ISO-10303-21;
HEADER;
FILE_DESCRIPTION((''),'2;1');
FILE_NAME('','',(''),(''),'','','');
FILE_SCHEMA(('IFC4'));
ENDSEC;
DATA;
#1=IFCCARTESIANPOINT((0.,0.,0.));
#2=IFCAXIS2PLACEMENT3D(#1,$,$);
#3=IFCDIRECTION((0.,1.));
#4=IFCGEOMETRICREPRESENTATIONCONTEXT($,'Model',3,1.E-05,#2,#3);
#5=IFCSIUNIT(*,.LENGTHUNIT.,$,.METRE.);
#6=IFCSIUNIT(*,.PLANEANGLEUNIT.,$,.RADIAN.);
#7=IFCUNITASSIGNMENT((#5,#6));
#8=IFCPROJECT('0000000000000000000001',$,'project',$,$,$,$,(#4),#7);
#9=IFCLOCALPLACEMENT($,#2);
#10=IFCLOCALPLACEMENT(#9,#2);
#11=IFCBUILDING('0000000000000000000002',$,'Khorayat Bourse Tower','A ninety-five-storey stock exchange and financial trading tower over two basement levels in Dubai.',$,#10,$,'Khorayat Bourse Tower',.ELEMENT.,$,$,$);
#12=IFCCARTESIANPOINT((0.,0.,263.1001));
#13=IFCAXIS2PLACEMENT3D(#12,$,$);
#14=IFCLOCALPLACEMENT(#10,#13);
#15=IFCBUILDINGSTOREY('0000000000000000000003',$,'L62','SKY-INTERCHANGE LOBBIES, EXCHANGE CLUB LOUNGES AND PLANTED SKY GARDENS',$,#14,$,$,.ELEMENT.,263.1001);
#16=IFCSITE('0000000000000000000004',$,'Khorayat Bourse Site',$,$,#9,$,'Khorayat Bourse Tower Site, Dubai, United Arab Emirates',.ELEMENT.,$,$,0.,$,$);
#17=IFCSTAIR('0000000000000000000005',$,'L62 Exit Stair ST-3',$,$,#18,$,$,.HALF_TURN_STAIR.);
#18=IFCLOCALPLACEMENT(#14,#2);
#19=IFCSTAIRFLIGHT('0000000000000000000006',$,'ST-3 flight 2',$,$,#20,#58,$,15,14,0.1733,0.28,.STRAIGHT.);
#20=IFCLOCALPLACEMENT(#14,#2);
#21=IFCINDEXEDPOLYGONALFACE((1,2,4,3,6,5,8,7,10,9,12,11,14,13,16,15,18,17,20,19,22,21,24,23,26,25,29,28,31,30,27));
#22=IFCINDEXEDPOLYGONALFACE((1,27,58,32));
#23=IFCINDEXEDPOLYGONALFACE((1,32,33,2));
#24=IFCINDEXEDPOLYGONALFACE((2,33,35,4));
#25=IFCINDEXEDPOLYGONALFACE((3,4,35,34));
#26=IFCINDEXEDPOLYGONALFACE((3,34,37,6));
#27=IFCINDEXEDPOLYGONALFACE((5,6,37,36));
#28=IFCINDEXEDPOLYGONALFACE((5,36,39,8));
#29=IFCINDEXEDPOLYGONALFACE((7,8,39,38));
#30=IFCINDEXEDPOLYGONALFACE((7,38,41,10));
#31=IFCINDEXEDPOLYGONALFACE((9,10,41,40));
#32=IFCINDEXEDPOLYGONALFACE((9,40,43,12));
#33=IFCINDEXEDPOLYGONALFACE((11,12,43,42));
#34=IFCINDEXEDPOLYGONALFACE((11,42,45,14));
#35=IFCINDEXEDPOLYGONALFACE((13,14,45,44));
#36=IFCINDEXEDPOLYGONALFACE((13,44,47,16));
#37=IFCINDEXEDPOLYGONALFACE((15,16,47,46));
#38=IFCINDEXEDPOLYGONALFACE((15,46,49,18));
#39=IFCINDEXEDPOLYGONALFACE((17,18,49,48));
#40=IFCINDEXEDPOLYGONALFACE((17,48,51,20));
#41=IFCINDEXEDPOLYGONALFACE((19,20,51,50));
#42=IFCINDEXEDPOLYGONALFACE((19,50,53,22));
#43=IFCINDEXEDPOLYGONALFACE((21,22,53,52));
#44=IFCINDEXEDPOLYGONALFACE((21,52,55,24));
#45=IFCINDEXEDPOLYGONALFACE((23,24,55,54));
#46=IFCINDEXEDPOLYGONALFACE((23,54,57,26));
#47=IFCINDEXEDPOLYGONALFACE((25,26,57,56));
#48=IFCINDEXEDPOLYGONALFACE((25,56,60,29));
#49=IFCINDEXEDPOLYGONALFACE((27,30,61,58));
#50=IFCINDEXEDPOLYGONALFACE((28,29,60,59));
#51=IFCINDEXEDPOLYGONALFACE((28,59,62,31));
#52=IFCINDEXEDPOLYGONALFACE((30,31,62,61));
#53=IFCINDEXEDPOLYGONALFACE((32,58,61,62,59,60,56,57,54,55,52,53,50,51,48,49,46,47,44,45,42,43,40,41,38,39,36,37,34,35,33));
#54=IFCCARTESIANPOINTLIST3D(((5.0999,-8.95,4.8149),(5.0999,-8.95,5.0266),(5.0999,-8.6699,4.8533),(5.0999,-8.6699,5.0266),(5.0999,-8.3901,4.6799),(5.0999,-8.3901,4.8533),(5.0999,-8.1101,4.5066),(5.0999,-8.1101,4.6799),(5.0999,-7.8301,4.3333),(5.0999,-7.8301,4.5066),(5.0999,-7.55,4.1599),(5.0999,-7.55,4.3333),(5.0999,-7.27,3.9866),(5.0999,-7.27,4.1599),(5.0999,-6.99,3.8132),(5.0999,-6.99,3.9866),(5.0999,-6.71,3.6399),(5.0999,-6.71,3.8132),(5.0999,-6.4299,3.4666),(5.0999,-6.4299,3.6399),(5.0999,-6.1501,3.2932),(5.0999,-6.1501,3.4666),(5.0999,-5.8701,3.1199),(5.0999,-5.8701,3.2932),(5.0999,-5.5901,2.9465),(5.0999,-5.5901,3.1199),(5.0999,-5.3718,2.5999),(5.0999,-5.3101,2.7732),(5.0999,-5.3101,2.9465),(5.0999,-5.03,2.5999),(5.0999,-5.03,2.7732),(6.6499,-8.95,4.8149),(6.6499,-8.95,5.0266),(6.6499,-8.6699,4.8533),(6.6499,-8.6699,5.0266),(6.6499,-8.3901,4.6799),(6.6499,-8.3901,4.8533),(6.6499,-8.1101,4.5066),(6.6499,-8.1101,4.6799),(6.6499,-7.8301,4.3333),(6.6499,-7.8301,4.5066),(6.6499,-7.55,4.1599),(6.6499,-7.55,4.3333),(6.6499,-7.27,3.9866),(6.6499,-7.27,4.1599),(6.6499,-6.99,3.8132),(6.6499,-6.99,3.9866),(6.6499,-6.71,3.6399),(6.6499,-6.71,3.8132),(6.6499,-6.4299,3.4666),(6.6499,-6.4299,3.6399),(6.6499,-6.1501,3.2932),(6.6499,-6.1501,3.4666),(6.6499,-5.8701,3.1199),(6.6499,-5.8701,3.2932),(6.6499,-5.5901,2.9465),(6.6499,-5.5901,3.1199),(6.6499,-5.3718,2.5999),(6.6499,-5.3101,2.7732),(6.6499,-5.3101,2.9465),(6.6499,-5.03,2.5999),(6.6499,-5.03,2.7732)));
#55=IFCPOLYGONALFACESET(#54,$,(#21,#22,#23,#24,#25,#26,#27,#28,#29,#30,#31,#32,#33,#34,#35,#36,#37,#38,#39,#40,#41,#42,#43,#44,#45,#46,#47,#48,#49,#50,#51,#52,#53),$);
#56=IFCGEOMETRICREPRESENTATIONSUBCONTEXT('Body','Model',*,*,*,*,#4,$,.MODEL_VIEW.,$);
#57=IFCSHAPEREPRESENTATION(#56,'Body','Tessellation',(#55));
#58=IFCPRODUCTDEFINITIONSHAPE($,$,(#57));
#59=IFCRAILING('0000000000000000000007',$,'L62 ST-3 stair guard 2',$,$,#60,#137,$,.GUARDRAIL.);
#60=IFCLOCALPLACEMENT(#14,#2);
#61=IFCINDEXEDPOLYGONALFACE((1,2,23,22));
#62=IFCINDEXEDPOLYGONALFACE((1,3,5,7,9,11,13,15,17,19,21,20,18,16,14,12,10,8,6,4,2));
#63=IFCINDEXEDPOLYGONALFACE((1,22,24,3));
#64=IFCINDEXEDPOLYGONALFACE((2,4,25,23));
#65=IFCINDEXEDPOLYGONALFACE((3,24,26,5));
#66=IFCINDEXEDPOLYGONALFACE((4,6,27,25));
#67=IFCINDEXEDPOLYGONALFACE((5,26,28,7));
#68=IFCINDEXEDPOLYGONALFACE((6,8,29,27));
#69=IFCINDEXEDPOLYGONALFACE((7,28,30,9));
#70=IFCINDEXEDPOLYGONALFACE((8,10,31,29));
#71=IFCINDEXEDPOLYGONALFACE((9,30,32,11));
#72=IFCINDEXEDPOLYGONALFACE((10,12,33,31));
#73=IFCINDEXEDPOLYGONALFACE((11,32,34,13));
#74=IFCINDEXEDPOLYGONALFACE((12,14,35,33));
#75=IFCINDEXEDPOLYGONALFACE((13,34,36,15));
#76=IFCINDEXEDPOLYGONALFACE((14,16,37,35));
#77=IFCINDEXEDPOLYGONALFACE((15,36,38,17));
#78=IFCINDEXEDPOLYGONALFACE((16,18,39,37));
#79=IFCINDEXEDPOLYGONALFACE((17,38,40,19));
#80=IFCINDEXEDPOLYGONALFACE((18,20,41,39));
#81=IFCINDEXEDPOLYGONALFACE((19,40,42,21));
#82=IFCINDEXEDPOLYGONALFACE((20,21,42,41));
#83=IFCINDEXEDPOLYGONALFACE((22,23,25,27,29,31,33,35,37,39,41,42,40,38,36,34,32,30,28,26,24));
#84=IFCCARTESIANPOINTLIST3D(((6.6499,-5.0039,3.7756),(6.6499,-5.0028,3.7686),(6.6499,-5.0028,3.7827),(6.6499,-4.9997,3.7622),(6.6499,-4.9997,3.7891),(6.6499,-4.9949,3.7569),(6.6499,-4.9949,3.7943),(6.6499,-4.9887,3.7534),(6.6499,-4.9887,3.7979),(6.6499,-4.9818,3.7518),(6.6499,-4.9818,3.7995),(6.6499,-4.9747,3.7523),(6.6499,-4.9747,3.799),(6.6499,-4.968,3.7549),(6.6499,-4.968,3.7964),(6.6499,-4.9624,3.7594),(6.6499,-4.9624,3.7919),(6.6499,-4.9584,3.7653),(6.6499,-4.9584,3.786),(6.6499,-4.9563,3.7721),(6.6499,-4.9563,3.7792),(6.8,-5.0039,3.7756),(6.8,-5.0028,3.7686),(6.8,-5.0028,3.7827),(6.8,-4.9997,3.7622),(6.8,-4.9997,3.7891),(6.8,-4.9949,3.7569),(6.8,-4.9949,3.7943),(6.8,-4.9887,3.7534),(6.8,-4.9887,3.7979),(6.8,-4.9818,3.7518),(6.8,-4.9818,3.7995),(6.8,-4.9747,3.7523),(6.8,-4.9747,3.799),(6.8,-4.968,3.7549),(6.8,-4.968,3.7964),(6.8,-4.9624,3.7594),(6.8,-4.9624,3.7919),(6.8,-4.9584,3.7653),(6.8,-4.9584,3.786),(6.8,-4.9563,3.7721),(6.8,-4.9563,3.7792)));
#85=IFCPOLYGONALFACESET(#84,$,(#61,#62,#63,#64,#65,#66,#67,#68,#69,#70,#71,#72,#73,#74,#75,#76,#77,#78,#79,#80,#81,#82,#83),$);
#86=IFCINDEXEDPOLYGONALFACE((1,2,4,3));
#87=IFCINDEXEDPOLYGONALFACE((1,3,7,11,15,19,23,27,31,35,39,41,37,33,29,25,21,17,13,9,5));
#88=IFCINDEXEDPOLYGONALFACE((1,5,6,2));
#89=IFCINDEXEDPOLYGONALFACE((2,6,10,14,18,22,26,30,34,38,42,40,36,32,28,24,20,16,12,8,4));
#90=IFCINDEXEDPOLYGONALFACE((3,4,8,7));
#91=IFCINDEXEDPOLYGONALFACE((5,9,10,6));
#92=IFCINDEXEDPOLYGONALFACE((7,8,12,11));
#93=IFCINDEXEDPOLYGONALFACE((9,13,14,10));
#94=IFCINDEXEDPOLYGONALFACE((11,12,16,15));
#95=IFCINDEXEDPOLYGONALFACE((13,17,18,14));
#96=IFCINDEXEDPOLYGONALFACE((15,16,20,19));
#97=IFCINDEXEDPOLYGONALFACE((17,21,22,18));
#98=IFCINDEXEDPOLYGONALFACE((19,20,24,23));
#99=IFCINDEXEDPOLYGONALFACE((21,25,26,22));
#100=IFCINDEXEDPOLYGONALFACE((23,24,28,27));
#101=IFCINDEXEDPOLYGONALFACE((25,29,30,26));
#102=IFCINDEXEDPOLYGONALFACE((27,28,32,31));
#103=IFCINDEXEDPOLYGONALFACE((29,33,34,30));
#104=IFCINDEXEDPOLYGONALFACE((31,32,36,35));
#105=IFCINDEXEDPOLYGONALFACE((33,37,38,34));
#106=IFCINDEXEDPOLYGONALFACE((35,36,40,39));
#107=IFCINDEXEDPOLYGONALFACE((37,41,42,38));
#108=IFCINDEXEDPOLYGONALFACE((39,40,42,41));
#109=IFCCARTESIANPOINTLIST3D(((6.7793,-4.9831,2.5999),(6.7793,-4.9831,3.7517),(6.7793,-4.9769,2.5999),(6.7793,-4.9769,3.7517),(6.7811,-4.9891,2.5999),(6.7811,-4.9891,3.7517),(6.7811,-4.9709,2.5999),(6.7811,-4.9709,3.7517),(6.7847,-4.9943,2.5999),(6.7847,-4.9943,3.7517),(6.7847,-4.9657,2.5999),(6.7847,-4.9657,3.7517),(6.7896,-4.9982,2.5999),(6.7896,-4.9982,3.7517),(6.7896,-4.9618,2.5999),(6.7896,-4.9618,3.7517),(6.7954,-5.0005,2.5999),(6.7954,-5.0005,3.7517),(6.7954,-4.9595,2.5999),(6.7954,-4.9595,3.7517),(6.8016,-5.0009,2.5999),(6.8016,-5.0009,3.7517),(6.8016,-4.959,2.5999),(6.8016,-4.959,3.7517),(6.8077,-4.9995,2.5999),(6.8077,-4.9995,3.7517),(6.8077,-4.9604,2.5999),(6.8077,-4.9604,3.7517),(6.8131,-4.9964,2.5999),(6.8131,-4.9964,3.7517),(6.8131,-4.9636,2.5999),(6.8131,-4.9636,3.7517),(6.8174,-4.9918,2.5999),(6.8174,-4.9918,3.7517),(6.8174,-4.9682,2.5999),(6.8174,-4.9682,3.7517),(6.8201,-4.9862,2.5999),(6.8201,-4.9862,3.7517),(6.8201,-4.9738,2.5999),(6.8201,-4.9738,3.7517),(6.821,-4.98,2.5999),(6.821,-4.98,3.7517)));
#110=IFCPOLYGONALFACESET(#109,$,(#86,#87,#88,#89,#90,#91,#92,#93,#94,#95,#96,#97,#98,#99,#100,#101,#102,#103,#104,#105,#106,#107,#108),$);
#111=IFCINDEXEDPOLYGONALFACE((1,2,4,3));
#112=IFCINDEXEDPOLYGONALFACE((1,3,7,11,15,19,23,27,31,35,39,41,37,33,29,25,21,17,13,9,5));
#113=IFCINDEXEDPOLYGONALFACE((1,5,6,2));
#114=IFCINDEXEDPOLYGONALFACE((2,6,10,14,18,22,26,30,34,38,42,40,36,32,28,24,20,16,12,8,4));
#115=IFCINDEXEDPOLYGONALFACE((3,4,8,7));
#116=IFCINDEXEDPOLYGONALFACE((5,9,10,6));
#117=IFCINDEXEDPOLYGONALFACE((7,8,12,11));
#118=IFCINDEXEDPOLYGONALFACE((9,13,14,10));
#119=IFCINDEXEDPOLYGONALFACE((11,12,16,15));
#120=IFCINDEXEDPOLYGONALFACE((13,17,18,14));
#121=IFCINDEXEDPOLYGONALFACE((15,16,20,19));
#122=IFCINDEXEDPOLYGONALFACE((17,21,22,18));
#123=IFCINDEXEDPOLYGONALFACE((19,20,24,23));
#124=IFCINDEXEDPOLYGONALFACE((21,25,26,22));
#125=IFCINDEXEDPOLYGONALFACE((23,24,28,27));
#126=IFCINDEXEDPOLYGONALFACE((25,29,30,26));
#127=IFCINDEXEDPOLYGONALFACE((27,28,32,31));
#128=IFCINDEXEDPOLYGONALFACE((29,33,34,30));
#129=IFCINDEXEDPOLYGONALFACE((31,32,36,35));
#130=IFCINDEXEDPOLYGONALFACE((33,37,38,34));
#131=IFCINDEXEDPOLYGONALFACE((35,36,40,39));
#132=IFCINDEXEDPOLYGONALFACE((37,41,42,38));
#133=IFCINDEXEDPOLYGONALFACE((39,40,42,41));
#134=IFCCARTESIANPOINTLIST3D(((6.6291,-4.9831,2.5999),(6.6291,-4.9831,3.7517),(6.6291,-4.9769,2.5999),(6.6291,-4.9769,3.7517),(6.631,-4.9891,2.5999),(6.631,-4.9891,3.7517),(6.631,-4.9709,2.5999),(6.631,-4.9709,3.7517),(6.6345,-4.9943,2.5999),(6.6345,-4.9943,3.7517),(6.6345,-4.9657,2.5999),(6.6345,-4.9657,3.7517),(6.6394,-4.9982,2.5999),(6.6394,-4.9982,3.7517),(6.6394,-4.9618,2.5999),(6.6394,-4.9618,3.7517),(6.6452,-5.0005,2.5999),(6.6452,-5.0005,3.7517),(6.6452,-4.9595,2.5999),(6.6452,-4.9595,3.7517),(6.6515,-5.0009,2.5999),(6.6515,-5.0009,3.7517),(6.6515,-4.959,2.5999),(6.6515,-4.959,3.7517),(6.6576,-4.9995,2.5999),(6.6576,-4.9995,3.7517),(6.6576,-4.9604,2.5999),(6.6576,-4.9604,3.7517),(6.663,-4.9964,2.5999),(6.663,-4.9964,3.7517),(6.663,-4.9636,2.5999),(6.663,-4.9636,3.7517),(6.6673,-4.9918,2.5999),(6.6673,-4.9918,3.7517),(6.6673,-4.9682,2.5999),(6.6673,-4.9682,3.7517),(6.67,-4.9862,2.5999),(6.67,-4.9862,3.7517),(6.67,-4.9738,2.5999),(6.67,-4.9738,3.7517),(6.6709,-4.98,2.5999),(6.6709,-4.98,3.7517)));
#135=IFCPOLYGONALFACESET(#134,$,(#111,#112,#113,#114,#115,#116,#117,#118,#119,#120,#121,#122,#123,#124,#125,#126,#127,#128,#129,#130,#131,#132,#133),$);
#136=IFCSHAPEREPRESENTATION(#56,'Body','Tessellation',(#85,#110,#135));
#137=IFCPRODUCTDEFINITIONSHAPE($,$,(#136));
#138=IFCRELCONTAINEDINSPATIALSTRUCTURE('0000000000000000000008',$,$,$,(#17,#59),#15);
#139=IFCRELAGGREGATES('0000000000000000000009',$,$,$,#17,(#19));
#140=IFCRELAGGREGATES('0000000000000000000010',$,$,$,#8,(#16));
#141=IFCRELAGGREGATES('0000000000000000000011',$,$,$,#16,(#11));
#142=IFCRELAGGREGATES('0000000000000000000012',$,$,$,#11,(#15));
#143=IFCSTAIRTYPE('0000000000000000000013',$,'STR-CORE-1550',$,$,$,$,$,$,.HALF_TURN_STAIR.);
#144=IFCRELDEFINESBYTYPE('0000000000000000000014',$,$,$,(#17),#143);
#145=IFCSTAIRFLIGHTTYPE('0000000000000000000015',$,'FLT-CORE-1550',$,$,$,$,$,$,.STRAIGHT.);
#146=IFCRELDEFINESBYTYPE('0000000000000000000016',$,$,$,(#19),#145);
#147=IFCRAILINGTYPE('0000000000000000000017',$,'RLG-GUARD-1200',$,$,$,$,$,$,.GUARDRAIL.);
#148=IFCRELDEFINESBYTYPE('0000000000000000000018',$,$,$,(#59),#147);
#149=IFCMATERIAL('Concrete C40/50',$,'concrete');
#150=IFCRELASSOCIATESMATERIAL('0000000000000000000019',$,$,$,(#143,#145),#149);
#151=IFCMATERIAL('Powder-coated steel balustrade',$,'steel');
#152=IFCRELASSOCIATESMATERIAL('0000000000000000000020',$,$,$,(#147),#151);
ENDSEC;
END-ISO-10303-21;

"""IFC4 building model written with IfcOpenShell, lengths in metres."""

from ifc_helpers import new_model, si_unit, direction, frame, origin, origin_2d, place, context, subcontext, project, spatial, polyline, circle, outline, extrude, source, transform, mapped, material, type_object, element, aggregate, save


model = new_model("IFC4")

# Units and contexts
model_context = context("Model", 3, precision=1e-05, world=origin(), true_north=direction((0.0, 1.0)))
body_context = subcontext(model_context, "Body", "Model", "MODEL_VIEW")
ifc_project = project(units=[si_unit("LENGTHUNIT", "METRE"), si_unit("PLANEANGLEUNIT", "RADIAN")], contexts=[model_context])

# Site, building, storey
site_placement = place(None, origin())
site = spatial("IfcSite", under=ifc_project, at=site_placement, Name="Khorayat Bourse Site", LongName="Khorayat Bourse Tower Site, Dubai, United Arab Emirates", CompositionType="ELEMENT", RefElevation=0.0)
building_placement = place(site_placement, origin())
building = spatial("IfcBuilding", under=site, at=building_placement, Name="Khorayat Bourse Tower", Description="A ninety-five-storey stock exchange and financial trading tower over two basement levels in Dubai.", LongName="Khorayat Bourse Tower", CompositionType="ELEMENT")
storey_placement = place(building_placement, frame((0.0, 0.0, 263.1001)))
storey = spatial("IfcBuildingStorey", under=building, at=storey_placement, Name="L62", Description="SKY-INTERCHANGE LOBBIES, EXCHANGE CLUB LOUNGES AND PLANTED SKY GARDENS", CompositionType="ELEMENT", Elevation=263.1001)

# Stair, stair flight
ifc_material_1 = material(Name="Concrete C40/50", Category="concrete")
stair_type = type_object("IfcStairType", Name="STR-CORE-1550", PredefinedType="HALF_TURN_STAIR", material=ifc_material_1)
stair_placement = place(storey_placement, origin())
stair = element("IfcStair", 1, at=stair_placement, inside=storey, type_object=stair_type, Name="L62 Exit Stair ST-3", PredefinedType="HALF_TURN_STAIR")
stair_flight_type = type_object("IfcStairFlightType", Name="FLT-CORE-1550", PredefinedType="STRAIGHT", material=ifc_material_1)
shared_shape_1 = source(origin(), body_context, "Body", "SweptSolid", [
    extrude(outline(polyline([(0.0, 0.0), (0.0, 0.1733), (0.28, 0.1733), (0.28, 0.3467), (0.5601, 0.3467), (0.5601, 0.52), (0.8401, 0.52), (0.8401, 0.6934), (1.1201, 0.6934), (1.1201, 0.8667), (1.3999, 0.8667), (1.3999, 1.04), (1.6799, 1.04), (1.6799, 1.2134), (1.96, 1.2134), (1.96, 1.3867), (2.24, 1.3867), (2.24, 1.5601), (2.52, 1.5601), (2.52, 1.7334), (2.8, 1.7334), (2.8, 1.9067), (3.0801, 1.9067), (3.0801, 2.0801), (3.3601, 2.0801), (3.3601, 2.2534), (3.6399, 2.2534), (3.6399, 2.4268), (3.9199, 2.4268), (3.9199, 2.6001), (3.9199, 2.2151), (0.3418, 0.0), (0.0, 0.0)])), frame((0.0, 0.7749, 0.0), z_axis=(0.0, -1.0, 0.0), x_axis=(1.0, 0.0, 0.0)), (0.0, 0.0, 1.0), 1.55),
])
stair_flight_1_placement = place(storey_placement, frame((5.875, -5.03, 2.5999), z_axis=(0.0, 0.0, 1.0), x_axis=(0.0, -1.0, 0.0)))
stair_flight_1 = element("IfcStairFlight", 2, at=stair_flight_1_placement, type_object=stair_flight_type, Name="ST-3 flight 2", NumberOfRisers=15, NumberOfTreads=14, PredefinedType="STRAIGHT", RiserHeight=0.1733, TreadLength=0.28, context=body_context, shape_type="MappedRepresentation", body=[
    mapped(shared_shape_1, transform((0.0, 0.0, 0.0), scale=1.0)),
])
aggregate(stair, [stair_flight_1])

# Railing
ifc_material_2 = material(Name="Powder-coated steel balustrade", Category="steel")
railing_type_1 = type_object("IfcRailingType", Name="RLG-GUARD-1200", PredefinedType="GUARDRAIL", material=ifc_material_2)
shared_shape_2 = source(origin(), body_context, "Body", "SweptSolid", [
    extrude(circle(Radius=0.0239, at=origin_2d()), frame((0.0, 0.0, 1.1758), z_axis=(-1.0, 0.0, 0.0), x_axis=(0.0, -1.0, 0.0)), (0.0, 0.0, 1.0), 0.1501),
    extrude(circle(Radius=0.021, at=origin_2d()), origin(), (0.0, 0.0, 1.0), 1.1519),
    extrude(circle(Radius=0.021, at=origin_2d()), frame((-0.1501, 0.0, 0.0)), (0.0, 0.0, 1.0), 1.1519),
])
for number, where, name in (
    (3, (6.8, -4.98, 2.5999), "L62 ST-3 stair guard 2"),
):
    element("IfcRailing", number, at=place(storey_placement, frame(where)), inside=storey, type_object=railing_type_1, Name=name, PredefinedType="GUARDRAIL", context=body_context, shape_type="MappedRepresentation", body=[
        mapped(shared_shape_2, transform((0.0, 0.0, 0.0), scale=1.0)),
    ])

save(model, "model.ifc")
